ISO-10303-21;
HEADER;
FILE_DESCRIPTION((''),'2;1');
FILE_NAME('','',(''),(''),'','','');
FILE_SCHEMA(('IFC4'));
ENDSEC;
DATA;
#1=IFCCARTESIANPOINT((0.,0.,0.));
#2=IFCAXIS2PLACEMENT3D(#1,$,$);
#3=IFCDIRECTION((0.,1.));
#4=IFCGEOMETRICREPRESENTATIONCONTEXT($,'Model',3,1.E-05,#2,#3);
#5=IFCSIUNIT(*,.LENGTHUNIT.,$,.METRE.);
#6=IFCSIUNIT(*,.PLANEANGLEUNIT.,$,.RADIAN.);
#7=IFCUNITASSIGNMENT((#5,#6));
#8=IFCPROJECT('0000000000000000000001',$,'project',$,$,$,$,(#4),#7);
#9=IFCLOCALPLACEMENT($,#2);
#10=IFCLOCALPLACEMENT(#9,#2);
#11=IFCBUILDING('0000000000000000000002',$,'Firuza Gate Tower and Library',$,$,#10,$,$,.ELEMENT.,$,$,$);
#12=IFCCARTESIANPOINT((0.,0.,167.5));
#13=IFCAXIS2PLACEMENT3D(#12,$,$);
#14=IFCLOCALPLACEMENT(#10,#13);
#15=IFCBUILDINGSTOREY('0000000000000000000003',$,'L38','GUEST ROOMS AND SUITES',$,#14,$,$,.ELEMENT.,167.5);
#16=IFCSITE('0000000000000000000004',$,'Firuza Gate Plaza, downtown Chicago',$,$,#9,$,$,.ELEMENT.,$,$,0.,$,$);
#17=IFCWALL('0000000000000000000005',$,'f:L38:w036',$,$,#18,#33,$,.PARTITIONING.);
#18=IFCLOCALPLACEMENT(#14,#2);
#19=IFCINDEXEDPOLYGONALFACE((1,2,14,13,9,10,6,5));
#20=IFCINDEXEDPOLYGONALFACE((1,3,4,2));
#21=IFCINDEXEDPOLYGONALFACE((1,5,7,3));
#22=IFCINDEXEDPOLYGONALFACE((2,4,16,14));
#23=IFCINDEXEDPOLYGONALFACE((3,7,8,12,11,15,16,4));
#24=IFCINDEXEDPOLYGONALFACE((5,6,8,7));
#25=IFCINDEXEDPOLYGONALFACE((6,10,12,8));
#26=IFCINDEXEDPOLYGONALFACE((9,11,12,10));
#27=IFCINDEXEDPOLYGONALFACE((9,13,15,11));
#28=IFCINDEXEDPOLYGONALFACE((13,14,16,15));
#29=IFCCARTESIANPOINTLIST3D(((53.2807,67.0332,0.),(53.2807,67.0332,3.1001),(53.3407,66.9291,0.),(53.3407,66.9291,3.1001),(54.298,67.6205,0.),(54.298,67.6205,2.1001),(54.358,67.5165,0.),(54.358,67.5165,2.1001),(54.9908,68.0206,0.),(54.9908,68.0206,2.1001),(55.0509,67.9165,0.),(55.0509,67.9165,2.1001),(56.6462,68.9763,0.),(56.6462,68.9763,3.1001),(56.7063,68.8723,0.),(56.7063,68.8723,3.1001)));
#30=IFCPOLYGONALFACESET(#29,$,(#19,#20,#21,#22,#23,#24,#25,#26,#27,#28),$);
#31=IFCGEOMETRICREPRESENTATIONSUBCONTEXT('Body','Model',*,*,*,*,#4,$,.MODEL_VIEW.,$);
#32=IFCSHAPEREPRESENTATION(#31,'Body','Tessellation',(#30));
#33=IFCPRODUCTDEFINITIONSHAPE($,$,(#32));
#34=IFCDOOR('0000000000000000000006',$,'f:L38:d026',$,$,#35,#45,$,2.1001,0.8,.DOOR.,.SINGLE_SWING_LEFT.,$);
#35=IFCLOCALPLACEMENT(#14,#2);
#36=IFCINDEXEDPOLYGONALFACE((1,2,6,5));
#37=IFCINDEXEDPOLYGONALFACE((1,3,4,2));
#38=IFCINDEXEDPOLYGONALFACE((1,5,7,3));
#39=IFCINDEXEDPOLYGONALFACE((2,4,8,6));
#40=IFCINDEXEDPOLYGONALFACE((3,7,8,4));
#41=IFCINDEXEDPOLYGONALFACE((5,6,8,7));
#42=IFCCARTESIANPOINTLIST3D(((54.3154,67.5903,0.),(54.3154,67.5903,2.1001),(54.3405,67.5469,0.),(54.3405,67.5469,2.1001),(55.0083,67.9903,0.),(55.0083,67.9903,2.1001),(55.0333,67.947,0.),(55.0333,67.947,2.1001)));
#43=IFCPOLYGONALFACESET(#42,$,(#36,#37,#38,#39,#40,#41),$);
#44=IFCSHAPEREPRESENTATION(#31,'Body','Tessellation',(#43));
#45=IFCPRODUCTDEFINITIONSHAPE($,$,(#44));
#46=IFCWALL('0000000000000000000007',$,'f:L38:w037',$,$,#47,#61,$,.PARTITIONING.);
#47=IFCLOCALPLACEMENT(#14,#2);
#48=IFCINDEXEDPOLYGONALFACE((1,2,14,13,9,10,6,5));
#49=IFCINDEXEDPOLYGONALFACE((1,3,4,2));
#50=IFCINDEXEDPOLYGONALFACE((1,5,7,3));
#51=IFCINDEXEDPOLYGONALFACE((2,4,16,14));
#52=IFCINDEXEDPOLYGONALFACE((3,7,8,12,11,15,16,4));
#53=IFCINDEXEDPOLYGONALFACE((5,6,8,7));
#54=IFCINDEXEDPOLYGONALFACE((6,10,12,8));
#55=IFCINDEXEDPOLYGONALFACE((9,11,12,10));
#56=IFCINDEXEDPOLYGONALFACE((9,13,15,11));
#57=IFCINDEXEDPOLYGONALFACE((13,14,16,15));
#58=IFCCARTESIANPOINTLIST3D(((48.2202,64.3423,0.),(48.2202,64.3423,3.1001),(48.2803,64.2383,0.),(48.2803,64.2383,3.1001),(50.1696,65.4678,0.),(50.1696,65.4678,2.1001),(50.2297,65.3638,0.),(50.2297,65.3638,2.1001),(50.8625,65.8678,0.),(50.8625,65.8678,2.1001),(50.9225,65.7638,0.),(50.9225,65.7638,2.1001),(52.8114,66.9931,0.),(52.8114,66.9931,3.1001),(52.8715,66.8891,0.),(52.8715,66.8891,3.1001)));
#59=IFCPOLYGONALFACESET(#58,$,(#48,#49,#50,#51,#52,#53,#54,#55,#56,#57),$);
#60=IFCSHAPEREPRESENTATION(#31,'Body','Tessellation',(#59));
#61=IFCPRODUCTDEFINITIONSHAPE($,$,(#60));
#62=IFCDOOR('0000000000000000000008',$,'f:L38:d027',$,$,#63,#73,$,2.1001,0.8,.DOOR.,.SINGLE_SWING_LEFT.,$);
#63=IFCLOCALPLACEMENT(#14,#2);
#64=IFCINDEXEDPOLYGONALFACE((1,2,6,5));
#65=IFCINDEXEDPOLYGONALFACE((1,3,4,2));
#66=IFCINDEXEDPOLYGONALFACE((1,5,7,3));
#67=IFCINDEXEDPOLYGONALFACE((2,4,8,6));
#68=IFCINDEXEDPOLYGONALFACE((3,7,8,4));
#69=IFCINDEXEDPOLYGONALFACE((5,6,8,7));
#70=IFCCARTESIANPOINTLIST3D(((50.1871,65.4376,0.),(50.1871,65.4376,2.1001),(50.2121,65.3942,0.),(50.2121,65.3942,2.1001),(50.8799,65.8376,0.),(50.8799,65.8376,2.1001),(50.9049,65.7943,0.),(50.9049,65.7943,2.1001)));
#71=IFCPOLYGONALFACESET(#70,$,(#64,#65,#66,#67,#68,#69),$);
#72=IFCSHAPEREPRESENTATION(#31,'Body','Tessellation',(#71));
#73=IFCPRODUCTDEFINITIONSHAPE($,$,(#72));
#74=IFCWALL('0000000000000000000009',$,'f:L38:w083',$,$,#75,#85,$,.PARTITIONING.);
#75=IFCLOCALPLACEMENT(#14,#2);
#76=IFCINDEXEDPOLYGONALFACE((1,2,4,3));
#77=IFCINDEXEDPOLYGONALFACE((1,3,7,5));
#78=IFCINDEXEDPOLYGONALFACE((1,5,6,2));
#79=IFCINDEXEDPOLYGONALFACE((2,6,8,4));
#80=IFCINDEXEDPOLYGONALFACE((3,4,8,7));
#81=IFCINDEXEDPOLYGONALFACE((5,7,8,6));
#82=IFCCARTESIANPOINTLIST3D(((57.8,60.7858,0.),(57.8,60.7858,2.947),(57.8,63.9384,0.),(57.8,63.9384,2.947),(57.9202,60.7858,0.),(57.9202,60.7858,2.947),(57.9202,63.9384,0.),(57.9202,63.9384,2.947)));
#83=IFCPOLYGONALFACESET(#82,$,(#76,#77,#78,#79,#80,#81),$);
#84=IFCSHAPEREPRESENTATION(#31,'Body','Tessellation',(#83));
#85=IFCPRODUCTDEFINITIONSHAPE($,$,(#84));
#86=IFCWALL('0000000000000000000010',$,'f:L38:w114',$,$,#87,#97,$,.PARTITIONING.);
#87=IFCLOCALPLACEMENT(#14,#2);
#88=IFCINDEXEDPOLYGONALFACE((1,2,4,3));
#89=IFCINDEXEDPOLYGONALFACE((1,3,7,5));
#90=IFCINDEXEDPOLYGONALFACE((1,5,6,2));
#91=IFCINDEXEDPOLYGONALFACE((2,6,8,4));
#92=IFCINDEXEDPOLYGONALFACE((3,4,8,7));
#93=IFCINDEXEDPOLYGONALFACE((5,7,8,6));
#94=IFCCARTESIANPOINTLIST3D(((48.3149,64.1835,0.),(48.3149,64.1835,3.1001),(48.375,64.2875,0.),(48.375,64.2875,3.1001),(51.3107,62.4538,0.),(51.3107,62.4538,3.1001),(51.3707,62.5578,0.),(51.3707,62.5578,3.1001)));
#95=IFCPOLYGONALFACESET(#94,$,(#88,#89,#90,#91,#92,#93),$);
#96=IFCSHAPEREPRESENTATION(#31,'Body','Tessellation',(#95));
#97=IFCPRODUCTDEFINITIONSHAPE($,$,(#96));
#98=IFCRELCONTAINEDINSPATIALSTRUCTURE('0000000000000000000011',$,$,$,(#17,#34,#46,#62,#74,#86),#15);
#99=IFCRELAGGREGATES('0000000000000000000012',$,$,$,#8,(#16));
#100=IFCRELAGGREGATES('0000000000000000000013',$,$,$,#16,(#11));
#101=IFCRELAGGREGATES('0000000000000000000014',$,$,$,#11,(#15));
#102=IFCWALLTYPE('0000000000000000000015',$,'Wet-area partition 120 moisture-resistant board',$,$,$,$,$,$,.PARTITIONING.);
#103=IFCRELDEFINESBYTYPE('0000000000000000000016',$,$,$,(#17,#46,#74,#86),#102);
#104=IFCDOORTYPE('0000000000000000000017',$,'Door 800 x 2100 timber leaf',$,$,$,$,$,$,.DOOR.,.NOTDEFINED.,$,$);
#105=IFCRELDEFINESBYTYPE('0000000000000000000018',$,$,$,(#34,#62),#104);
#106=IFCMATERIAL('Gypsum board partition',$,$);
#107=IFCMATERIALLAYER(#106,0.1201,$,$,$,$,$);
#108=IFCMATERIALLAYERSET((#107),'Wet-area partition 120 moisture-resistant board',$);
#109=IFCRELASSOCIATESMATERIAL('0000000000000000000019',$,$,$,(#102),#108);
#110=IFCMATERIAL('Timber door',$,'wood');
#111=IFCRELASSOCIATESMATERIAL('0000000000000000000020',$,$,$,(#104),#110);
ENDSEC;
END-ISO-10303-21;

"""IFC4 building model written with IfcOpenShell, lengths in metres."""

from ifc_helpers import new_model, si_unit, direction, frame, frame_2d, origin, place, context, subcontext, project, spatial, rectangle, extrude, material, layer, layer_set, type_object, element, fill, save


model = new_model("IFC4")

# Units and contexts
model_context = context("Model", 3, precision=1e-05, world=origin(), true_north=direction((0.0, 1.0)))
body_context = subcontext(model_context, "Body", "Model", "MODEL_VIEW")
ifc_project = project(units=[si_unit("LENGTHUNIT", "METRE"), si_unit("PLANEANGLEUNIT", "RADIAN")], contexts=[model_context])

# Site, building, storey
site_placement = place(None, origin())
site = spatial("IfcSite", under=ifc_project, at=site_placement, Name="Firuza Gate Plaza, downtown Chicago", CompositionType="ELEMENT", RefElevation=0.0)
building_placement = place(site_placement, origin())
building = spatial("IfcBuilding", under=site, at=building_placement, Name="Firuza Gate Tower and Library", CompositionType="ELEMENT")
storey_placement = place(building_placement, frame((0.0, 0.0, 167.5)))
storey = spatial("IfcBuildingStorey", under=building, at=storey_placement, Name="L38", Description="GUEST ROOMS AND SUITES", CompositionType="ELEMENT", Elevation=167.5)

# Walls, openings, doors
ifc_material_1 = material(Name="Gypsum board partition")
ifc_layer_1 = layer(ifc_material_1, 0.1201)
ifc_layer_set_1 = layer_set([ifc_layer_1], Name="Wet-area partition 120 moisture-resistant board")
wall_type_1 = type_object("IfcWallType", Name="Wet-area partition 120 moisture-resistant board", PredefinedType="PARTITIONING", material=ifc_layer_set_1)
wall_1_placement = place(storey_placement, frame((56.6763, 68.9243, 0.0), z_axis=(0.0, 0.0, 1.0), x_axis=(-0.866019, -0.500011, 0.0)))
wall_1 = element("IfcWall", 1, at=wall_1_placement, inside=storey, type_object=wall_type_1, Name="f:L38:w036", PredefinedType="PARTITIONING", context=body_context, shape_type="SweptSolid", body=[
    extrude(rectangle(XDim=3.8862, YDim=0.1201, at=frame_2d((1.9431, 0.0))), origin(), (0.0, 0.0, 1.0), 3.1001),
])
opening_1_placement = place(wall_1_placement, frame((1.9116, 0.0, 0.0)))
opening_1 = element("IfcOpeningElement", 2, at=opening_1_placement, cuts=wall_1, PredefinedType="OPENING", context=body_context, shape_type="SweptSolid", body=[
    extrude(rectangle(XDim=0.8, YDim=2.1001, at=frame_2d((0.3999, 1.05))), frame((0.0, 0.0701, 0.0), z_axis=(0.0, -1.0, 0.0), x_axis=(1.0, 0.0, 0.0)), (0.0, 0.0, 1.0), 0.1401),
])
ifc_material_2 = material(Name="Timber door", Category="wood")
door_type_1 = type_object("IfcDoorType", Name="Door 800 x 2100 timber leaf", OperationType="NOTDEFINED", PredefinedType="DOOR", material=ifc_material_2)
door_1_placement = place(opening_1_placement, origin())
door_1 = element("IfcDoor", 3, at=door_1_placement, inside=storey, type_object=door_type_1, Name="f:L38:d026", OperationType="SINGLE_SWING_LEFT", OverallHeight=2.1001, OverallWidth=0.8, PredefinedType="DOOR", context=body_context, shape_type="SweptSolid", body=[
    extrude(rectangle(XDim=0.8, YDim=2.1001, at=frame_2d((0.3999, 1.05))), frame((0.0, 0.0249, 0.0), z_axis=(0.0, -1.0, 0.0), x_axis=(1.0, 0.0, 0.0)), (0.0, 0.0, 1.0), 0.05),
])
fill(opening_1, door_1)
wall_2_placement = place(storey_placement, frame((52.8416, 66.9412, 0.0), z_axis=(0.0, 0.0, 1.0), x_axis=(-0.866018, -0.500012, 0.0)))
wall_2 = element("IfcWall", 4, at=wall_2_placement, inside=storey, type_object=wall_type_1, Name="f:L38:w037", PredefinedType="PARTITIONING", context=body_context, shape_type="SweptSolid", body=[
    extrude(rectangle(XDim=5.3015, YDim=0.1201, at=frame_2d((2.6509, 0.0))), origin(), (0.0, 0.0, 1.0), 3.1001),
])
opening_2_placement = place(wall_2_placement, frame((2.2507, 0.0, 0.0)))
opening_2 = element("IfcOpeningElement", 5, at=opening_2_placement, cuts=wall_2, PredefinedType="OPENING", context=body_context, shape_type="SweptSolid", body=[
    extrude(rectangle(XDim=0.8, YDim=2.1001, at=frame_2d((0.3999, 1.05))), frame((0.0, 0.0701, 0.0), z_axis=(0.0, -1.0, 0.0), x_axis=(1.0, 0.0, 0.0)), (0.0, 0.0, 1.0), 0.1401),
])
door_2_placement = place(opening_2_placement, origin())
door_2 = element("IfcDoor", 6, at=door_2_placement, inside=storey, type_object=door_type_1, Name="f:L38:d027", OperationType="SINGLE_SWING_LEFT", OverallHeight=2.1001, OverallWidth=0.8, PredefinedType="DOOR", context=body_context, shape_type="SweptSolid", body=[
    extrude(rectangle(XDim=0.8, YDim=2.1001, at=frame_2d((0.3999, 1.05))), frame((0.0, 0.0249, 0.0), z_axis=(0.0, -1.0, 0.0), x_axis=(1.0, 0.0, 0.0)), (0.0, 0.0, 1.0), 0.05),
])
fill(opening_2, door_2)

# Walls
wall_3_placement = place(storey_placement, frame((57.8601, 60.7859, 0.0), z_axis=(0.0, 0.0, 1.0), x_axis=(0.0, 1.0, 0.0)))
element("IfcWall", 7, at=wall_3_placement, inside=storey, type_object=wall_type_1, Name="f:L38:w083", PredefinedType="PARTITIONING", context=body_context, shape_type="SweptSolid", body=[
    extrude(rectangle(XDim=3.1526, YDim=0.1201, at=frame_2d((1.5762, 0.0))), origin(), (0.0, 0.0, 1.0), 2.947),
])
wall_4_placement = place(storey_placement, frame((51.3406, 62.5059, 0.0), z_axis=(0.0, 0.0, 1.0), x_axis=(-0.866015, 0.500018, 0.0)))
element("IfcWall", 8, at=wall_4_placement, inside=storey, type_object=wall_type_1, Name="f:L38:w114", PredefinedType="PARTITIONING", context=body_context, shape_type="SweptSolid", body=[
    extrude(rectangle(XDim=3.4592, YDim=0.1201, at=frame_2d((1.7295, 0.0))), origin(), (0.0, 0.0, 1.0), 3.1001),
])

save(model, "model.ifc")
